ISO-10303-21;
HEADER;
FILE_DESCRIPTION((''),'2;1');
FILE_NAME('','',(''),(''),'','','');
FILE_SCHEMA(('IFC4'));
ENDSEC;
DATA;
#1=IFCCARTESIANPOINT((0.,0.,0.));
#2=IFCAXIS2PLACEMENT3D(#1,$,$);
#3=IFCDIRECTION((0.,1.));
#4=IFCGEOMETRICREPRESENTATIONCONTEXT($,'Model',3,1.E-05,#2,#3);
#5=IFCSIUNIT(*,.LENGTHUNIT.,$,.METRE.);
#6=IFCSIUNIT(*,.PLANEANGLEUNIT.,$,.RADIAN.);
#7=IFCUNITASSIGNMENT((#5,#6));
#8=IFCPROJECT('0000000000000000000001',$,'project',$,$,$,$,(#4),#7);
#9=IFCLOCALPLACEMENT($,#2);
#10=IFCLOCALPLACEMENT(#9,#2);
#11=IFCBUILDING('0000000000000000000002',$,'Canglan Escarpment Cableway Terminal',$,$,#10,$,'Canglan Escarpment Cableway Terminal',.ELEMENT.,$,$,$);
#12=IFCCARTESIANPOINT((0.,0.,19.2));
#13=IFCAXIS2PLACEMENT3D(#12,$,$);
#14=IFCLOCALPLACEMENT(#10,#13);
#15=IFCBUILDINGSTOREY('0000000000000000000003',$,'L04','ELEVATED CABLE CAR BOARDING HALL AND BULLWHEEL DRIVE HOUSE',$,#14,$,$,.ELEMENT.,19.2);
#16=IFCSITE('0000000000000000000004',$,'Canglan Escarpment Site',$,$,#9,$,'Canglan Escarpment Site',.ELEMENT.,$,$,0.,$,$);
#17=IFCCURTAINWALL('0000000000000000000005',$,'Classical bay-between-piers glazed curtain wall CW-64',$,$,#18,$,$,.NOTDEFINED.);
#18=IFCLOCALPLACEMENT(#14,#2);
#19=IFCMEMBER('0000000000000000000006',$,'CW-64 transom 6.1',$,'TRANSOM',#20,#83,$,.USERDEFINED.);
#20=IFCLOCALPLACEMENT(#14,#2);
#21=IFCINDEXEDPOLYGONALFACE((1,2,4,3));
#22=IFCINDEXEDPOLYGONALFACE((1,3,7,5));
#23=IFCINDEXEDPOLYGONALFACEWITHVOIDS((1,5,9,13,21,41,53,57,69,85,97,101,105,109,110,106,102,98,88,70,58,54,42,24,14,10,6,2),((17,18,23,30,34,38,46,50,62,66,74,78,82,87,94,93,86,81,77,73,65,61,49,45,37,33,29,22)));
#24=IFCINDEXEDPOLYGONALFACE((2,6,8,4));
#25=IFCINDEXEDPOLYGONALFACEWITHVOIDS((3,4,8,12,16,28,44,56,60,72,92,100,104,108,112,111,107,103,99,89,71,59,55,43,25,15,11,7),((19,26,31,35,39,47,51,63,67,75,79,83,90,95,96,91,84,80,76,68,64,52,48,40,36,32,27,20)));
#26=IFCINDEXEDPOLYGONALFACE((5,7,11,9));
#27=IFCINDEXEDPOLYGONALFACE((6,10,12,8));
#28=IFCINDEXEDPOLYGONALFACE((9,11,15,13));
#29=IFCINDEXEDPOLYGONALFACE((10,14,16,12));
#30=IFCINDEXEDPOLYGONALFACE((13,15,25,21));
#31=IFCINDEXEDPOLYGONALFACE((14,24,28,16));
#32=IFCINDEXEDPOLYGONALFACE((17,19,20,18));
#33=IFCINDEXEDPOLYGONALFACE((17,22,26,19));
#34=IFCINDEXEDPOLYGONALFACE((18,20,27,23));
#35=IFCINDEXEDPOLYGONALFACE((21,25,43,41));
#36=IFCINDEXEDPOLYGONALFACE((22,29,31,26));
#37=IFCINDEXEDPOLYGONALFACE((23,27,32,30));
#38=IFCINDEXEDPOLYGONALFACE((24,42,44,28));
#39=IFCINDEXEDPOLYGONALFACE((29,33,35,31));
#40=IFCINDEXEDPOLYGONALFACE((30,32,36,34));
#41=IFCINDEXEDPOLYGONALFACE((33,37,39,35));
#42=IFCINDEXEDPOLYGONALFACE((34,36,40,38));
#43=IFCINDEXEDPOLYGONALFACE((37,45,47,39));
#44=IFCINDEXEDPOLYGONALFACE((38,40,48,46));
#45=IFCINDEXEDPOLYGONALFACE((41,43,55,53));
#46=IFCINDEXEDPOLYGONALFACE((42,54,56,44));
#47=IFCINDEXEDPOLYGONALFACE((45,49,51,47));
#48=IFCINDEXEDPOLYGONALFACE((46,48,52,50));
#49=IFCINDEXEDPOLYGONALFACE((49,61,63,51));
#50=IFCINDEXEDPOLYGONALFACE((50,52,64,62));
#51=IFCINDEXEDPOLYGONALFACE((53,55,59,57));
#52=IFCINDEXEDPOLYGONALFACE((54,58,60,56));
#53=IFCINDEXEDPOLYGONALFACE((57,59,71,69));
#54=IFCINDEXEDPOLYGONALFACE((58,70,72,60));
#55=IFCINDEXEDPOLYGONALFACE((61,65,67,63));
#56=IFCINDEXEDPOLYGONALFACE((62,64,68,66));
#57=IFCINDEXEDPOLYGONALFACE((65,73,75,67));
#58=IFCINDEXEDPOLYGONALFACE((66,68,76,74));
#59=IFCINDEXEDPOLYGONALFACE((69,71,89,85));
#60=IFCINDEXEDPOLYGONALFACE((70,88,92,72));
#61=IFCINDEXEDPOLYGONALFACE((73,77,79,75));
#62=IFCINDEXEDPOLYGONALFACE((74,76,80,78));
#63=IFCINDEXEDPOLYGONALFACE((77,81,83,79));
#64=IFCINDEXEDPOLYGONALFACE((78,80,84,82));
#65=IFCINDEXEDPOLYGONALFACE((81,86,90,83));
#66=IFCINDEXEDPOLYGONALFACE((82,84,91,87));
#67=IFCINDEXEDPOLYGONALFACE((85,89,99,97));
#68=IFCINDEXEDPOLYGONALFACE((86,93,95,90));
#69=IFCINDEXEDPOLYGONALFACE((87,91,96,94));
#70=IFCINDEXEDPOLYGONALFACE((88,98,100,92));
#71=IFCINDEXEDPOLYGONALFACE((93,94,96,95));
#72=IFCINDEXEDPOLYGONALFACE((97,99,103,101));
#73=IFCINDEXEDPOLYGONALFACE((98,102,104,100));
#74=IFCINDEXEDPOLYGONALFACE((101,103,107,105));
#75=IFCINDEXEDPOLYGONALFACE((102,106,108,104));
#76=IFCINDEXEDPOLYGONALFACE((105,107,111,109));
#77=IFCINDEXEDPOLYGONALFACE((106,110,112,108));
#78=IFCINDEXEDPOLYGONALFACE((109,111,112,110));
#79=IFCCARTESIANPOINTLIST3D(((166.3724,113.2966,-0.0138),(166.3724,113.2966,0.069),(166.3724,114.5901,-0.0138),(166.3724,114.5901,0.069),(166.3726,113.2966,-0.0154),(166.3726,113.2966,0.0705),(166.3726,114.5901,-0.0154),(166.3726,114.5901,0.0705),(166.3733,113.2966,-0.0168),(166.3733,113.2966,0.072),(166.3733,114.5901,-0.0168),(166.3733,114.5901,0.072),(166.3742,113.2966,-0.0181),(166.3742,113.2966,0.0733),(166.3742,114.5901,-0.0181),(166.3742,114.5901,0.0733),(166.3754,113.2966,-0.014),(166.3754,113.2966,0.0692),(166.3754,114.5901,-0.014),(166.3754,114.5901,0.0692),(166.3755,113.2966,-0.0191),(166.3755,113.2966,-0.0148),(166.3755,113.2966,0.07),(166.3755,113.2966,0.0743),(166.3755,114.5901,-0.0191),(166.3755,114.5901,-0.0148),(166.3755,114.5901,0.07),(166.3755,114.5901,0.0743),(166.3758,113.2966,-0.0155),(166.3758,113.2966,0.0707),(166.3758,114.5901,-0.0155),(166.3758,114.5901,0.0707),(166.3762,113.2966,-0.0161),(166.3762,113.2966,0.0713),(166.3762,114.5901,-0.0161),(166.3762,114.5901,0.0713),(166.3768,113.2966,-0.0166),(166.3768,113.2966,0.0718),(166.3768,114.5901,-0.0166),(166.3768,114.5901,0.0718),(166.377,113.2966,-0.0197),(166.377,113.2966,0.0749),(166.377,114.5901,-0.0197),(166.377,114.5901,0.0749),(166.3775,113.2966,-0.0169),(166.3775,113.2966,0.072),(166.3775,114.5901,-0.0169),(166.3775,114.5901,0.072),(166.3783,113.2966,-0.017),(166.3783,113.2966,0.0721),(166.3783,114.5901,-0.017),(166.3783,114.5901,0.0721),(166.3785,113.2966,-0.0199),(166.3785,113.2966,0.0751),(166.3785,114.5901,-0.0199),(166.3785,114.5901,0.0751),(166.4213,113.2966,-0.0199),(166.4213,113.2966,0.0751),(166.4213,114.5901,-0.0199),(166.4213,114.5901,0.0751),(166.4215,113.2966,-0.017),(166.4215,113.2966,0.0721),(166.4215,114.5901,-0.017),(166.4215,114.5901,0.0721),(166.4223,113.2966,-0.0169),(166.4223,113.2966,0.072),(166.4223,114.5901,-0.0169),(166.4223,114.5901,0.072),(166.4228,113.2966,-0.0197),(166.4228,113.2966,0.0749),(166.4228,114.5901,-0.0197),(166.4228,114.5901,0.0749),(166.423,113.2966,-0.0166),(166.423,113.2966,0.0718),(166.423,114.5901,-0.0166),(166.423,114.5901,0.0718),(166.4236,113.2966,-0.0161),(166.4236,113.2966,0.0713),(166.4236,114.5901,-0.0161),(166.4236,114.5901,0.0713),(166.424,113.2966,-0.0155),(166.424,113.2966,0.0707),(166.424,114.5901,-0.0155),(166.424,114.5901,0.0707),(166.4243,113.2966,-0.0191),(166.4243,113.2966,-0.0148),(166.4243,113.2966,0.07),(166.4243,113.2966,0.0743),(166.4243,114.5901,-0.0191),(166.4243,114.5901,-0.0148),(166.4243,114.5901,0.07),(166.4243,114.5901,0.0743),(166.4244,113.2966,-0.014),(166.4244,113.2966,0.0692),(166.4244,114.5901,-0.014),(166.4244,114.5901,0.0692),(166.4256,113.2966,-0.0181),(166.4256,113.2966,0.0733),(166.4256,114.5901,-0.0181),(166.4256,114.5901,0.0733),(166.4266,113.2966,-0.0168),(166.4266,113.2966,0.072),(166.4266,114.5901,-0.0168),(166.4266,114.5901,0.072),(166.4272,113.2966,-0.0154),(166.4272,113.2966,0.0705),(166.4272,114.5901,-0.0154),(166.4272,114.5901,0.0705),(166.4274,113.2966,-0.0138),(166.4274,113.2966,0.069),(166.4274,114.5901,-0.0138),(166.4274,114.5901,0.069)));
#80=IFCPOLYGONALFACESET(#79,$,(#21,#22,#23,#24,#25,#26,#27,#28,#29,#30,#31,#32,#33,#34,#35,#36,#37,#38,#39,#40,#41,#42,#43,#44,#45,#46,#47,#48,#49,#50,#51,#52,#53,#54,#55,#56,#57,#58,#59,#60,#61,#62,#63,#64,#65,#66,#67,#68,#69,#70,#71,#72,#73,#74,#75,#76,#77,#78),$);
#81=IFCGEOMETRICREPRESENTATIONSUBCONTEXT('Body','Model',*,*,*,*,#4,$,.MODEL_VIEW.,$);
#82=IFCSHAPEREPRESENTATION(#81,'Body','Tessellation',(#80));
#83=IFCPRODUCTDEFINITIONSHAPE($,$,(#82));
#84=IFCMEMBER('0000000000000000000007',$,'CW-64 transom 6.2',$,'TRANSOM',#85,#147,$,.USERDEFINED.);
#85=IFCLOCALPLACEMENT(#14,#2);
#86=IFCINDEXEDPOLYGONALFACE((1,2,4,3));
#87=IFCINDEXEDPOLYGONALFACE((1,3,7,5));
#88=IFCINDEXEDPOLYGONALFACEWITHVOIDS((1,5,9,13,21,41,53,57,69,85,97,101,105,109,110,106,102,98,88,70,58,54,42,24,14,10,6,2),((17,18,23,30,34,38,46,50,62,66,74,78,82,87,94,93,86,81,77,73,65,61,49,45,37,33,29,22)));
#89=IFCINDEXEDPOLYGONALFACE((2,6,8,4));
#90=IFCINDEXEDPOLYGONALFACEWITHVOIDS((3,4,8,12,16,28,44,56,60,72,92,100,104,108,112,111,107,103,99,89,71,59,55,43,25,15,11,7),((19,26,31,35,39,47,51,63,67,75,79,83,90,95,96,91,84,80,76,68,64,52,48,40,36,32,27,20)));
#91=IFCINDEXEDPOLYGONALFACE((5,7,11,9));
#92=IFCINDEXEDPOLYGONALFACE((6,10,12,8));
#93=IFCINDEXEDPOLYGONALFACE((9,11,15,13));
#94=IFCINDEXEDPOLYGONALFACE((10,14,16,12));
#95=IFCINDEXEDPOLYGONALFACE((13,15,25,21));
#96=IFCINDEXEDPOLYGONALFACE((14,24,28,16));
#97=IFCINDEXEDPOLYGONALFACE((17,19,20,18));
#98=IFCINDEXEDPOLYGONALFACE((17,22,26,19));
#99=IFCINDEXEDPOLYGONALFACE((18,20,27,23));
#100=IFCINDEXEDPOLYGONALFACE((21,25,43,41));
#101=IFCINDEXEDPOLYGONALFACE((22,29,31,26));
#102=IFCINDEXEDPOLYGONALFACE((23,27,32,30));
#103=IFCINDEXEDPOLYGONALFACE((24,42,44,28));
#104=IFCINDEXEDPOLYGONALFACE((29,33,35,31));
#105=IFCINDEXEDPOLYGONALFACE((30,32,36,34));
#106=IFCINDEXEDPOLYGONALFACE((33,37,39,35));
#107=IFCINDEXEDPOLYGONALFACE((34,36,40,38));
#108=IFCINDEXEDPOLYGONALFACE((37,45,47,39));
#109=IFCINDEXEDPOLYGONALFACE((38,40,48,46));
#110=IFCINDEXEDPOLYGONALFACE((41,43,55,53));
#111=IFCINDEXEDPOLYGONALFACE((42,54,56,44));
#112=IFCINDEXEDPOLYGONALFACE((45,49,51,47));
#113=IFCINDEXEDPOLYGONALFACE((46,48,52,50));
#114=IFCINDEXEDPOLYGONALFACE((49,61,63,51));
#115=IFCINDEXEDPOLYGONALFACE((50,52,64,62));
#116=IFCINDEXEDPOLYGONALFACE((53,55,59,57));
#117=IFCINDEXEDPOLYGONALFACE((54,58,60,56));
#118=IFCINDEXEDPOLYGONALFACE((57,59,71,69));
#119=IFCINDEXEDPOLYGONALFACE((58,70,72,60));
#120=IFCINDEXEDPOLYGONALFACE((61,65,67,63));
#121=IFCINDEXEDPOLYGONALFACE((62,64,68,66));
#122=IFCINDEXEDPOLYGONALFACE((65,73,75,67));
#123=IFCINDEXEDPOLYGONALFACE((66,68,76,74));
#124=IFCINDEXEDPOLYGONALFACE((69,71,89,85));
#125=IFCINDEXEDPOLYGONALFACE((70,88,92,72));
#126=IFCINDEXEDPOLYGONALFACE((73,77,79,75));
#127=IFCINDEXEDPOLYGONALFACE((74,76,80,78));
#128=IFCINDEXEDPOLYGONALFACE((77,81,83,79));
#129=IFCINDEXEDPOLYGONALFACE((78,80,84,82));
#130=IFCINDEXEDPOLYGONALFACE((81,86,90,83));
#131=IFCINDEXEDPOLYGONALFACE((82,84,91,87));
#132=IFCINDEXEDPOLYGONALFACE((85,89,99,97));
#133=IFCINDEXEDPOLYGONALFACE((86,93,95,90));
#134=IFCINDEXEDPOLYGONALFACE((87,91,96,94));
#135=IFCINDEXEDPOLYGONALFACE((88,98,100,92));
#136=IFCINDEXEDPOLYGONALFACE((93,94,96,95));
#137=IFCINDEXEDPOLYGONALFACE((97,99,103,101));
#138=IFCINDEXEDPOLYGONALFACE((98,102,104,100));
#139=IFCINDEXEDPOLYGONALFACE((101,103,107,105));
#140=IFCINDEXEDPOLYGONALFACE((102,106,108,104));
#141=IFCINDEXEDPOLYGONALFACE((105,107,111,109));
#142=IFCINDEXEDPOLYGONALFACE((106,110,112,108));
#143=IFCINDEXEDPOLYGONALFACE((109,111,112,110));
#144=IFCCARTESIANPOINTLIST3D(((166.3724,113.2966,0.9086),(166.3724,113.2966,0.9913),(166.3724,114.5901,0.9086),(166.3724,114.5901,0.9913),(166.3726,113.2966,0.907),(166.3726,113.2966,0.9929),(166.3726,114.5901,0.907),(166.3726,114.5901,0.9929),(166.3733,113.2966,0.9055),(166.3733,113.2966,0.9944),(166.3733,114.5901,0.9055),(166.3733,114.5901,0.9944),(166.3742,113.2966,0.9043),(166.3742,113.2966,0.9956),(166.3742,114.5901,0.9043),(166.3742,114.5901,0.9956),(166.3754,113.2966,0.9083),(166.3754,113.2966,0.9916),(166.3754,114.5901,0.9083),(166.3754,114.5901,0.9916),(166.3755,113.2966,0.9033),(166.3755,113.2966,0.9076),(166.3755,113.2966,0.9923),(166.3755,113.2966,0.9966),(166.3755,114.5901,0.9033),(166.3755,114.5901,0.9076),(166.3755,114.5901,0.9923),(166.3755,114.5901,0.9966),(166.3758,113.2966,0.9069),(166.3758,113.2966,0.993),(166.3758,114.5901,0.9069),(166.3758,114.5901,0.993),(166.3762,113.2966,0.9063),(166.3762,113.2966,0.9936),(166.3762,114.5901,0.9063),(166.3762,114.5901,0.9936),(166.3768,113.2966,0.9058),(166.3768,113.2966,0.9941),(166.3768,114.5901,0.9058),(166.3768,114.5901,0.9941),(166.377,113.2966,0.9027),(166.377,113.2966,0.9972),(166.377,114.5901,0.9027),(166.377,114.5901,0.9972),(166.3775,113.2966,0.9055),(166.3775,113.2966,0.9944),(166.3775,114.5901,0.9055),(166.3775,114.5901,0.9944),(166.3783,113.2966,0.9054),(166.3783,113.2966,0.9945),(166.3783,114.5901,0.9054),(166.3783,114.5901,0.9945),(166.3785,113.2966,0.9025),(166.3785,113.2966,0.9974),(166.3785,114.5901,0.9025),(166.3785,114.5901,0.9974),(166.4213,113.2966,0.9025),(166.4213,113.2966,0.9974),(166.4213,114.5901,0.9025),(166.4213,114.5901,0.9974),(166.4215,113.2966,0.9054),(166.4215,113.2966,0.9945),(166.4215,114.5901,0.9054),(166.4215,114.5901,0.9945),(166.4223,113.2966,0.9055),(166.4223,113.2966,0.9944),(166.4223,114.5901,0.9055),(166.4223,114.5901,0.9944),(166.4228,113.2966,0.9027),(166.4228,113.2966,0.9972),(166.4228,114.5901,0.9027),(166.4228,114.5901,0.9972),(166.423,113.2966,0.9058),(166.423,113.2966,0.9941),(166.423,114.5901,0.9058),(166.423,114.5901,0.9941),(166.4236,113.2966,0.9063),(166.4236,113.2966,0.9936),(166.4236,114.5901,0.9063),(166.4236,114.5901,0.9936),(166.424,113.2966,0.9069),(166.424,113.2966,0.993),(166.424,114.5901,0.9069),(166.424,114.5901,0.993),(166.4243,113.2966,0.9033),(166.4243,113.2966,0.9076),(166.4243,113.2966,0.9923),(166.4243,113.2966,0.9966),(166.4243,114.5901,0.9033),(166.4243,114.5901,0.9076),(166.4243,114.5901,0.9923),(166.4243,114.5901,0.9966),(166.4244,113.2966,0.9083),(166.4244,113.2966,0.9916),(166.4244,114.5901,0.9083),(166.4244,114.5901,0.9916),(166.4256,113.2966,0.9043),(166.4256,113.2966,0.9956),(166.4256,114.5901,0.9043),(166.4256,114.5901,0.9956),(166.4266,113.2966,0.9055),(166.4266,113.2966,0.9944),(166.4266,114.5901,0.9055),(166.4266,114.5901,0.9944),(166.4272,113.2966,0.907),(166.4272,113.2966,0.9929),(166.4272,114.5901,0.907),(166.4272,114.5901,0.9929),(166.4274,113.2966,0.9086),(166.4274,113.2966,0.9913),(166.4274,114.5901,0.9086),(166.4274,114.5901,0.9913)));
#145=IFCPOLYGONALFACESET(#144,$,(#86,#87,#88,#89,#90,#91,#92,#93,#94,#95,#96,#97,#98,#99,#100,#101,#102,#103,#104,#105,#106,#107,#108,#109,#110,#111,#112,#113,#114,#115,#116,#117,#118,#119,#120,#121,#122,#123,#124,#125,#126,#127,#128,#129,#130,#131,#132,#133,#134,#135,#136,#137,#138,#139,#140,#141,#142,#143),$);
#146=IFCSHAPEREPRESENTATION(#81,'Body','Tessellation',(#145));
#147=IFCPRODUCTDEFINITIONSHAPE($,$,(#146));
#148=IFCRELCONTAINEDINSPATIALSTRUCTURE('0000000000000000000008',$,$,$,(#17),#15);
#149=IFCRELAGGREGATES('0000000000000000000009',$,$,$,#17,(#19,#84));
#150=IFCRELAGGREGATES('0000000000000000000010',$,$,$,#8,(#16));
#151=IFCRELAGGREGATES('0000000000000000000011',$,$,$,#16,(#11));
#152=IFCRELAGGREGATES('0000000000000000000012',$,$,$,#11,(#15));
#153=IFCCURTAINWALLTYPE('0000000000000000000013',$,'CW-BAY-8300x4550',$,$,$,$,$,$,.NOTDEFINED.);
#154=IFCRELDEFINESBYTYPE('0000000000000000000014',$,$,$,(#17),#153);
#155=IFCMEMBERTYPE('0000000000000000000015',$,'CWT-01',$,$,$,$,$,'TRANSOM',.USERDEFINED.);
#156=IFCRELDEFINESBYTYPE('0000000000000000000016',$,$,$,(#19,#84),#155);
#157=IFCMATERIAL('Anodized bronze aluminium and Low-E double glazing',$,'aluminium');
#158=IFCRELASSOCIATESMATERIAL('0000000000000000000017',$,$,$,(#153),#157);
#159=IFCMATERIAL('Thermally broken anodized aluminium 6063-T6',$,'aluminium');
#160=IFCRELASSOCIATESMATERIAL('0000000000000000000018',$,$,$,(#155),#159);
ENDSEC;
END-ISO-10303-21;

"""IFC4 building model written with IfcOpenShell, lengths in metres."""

from ifc_helpers import new_model, si_unit, direction, frame, origin, origin_2d, place, context, subcontext, project, spatial, hollow_rectangle, extrude, material, material_profile, profile_set, type_object, element, aggregate, save


model = new_model("IFC4")

# Units and contexts
model_context = context("Model", 3, precision=1e-05, world=origin(), true_north=direction((0.0, 1.0)))
body_context = subcontext(model_context, "Body", "Model", "MODEL_VIEW")
ifc_project = project(units=[si_unit("LENGTHUNIT", "METRE"), si_unit("PLANEANGLEUNIT", "RADIAN")], contexts=[model_context])

# Site, building, storey
site_placement = place(None, origin())
site = spatial("IfcSite", under=ifc_project, at=site_placement, Name="Canglan Escarpment Site", LongName="Canglan Escarpment Site", CompositionType="ELEMENT", RefElevation=0.0)
building_placement = place(site_placement, origin())
building = spatial("IfcBuilding", under=site, at=building_placement, Name="Canglan Escarpment Cableway Terminal", LongName="Canglan Escarpment Cableway Terminal", CompositionType="ELEMENT")
storey_placement = place(building_placement, frame((0.0, 0.0, 19.2)))
storey = spatial("IfcBuildingStorey", under=building, at=storey_placement, Name="L04", Description="ELEVATED CABLE CAR BOARDING HALL AND BULLWHEEL DRIVE HOUSE", CompositionType="ELEMENT", Elevation=19.2)

# Curtain wall
ifc_material_1 = material(Name="Anodized bronze aluminium and Low-E double glazing", Category="aluminium")
curtain_wall_type = type_object("IfcCurtainWallType", Name="CW-BAY-8300x4550", PredefinedType="NOTDEFINED", material=ifc_material_1)
curtain_wall_1_placement = place(storey_placement, origin())
curtain_wall_1 = element("IfcCurtainWall", 1, at=curtain_wall_1_placement, inside=storey, type_object=curtain_wall_type, Name="Classical bay-between-piers glazed curtain wall CW-64", PredefinedType="NOTDEFINED")
ifc_material_2 = material(Name="Thermally broken anodized aluminium 6063-T6", Category="aluminium")

# Members
ifc_material_profile_1 = material_profile(ifc_material_2, hollow_rectangle(XDim=0.0549, YDim=0.095, WallThickness=0.0029, InnerFilletRadius=0.0029, OuterFilletRadius=0.0061, at=origin_2d()), Name="ALU-TRAN 55x95x3")
ifc_profile_set_1 = profile_set([ifc_material_profile_1], Name="Thermally broken anodized aluminium 6063-T6")
member_type_1 = type_object("IfcMemberType", Name="CWT-01", ElementType="TRANSOM", PredefinedType="USERDEFINED", material=ifc_profile_set_1)
member_1_placement = place(storey_placement, frame((166.3999, 113.2966, 0.0276), z_axis=(0.0, 1.0, 0.0), x_axis=(-1.0, 0.0, 0.0)))
member_1 = element("IfcMember", 2, at=member_1_placement, type_object=member_type_1, Name="CW-64 transom 6.1", ObjectType="TRANSOM", PredefinedType="USERDEFINED", context=body_context, shape_type="SweptSolid", body=[
    extrude(hollow_rectangle(XDim=0.0549, YDim=0.095, WallThickness=0.0029, InnerFilletRadius=0.0029, OuterFilletRadius=0.0061, at=origin_2d()), origin(), (0.0, 0.0, 1.0), 1.2935),
])
member_2_placement = place(storey_placement, frame((166.3999, 113.2966, 0.95), z_axis=(0.0, 1.0, 0.0), x_axis=(-1.0, 0.0, 0.0)))
member_2 = element("IfcMember", 3, at=member_2_placement, type_object=member_type_1, Name="CW-64 transom 6.2", ObjectType="TRANSOM", PredefinedType="USERDEFINED", context=body_context, shape_type="SweptSolid", body=[
    extrude(hollow_rectangle(XDim=0.0549, YDim=0.095, WallThickness=0.0029, InnerFilletRadius=0.0029, OuterFilletRadius=0.0061, at=origin_2d()), origin(), (0.0, 0.0, 1.0), 1.2935),
])

aggregate(curtain_wall_1, [member_1, member_2])

save(model, "model.ifc")
